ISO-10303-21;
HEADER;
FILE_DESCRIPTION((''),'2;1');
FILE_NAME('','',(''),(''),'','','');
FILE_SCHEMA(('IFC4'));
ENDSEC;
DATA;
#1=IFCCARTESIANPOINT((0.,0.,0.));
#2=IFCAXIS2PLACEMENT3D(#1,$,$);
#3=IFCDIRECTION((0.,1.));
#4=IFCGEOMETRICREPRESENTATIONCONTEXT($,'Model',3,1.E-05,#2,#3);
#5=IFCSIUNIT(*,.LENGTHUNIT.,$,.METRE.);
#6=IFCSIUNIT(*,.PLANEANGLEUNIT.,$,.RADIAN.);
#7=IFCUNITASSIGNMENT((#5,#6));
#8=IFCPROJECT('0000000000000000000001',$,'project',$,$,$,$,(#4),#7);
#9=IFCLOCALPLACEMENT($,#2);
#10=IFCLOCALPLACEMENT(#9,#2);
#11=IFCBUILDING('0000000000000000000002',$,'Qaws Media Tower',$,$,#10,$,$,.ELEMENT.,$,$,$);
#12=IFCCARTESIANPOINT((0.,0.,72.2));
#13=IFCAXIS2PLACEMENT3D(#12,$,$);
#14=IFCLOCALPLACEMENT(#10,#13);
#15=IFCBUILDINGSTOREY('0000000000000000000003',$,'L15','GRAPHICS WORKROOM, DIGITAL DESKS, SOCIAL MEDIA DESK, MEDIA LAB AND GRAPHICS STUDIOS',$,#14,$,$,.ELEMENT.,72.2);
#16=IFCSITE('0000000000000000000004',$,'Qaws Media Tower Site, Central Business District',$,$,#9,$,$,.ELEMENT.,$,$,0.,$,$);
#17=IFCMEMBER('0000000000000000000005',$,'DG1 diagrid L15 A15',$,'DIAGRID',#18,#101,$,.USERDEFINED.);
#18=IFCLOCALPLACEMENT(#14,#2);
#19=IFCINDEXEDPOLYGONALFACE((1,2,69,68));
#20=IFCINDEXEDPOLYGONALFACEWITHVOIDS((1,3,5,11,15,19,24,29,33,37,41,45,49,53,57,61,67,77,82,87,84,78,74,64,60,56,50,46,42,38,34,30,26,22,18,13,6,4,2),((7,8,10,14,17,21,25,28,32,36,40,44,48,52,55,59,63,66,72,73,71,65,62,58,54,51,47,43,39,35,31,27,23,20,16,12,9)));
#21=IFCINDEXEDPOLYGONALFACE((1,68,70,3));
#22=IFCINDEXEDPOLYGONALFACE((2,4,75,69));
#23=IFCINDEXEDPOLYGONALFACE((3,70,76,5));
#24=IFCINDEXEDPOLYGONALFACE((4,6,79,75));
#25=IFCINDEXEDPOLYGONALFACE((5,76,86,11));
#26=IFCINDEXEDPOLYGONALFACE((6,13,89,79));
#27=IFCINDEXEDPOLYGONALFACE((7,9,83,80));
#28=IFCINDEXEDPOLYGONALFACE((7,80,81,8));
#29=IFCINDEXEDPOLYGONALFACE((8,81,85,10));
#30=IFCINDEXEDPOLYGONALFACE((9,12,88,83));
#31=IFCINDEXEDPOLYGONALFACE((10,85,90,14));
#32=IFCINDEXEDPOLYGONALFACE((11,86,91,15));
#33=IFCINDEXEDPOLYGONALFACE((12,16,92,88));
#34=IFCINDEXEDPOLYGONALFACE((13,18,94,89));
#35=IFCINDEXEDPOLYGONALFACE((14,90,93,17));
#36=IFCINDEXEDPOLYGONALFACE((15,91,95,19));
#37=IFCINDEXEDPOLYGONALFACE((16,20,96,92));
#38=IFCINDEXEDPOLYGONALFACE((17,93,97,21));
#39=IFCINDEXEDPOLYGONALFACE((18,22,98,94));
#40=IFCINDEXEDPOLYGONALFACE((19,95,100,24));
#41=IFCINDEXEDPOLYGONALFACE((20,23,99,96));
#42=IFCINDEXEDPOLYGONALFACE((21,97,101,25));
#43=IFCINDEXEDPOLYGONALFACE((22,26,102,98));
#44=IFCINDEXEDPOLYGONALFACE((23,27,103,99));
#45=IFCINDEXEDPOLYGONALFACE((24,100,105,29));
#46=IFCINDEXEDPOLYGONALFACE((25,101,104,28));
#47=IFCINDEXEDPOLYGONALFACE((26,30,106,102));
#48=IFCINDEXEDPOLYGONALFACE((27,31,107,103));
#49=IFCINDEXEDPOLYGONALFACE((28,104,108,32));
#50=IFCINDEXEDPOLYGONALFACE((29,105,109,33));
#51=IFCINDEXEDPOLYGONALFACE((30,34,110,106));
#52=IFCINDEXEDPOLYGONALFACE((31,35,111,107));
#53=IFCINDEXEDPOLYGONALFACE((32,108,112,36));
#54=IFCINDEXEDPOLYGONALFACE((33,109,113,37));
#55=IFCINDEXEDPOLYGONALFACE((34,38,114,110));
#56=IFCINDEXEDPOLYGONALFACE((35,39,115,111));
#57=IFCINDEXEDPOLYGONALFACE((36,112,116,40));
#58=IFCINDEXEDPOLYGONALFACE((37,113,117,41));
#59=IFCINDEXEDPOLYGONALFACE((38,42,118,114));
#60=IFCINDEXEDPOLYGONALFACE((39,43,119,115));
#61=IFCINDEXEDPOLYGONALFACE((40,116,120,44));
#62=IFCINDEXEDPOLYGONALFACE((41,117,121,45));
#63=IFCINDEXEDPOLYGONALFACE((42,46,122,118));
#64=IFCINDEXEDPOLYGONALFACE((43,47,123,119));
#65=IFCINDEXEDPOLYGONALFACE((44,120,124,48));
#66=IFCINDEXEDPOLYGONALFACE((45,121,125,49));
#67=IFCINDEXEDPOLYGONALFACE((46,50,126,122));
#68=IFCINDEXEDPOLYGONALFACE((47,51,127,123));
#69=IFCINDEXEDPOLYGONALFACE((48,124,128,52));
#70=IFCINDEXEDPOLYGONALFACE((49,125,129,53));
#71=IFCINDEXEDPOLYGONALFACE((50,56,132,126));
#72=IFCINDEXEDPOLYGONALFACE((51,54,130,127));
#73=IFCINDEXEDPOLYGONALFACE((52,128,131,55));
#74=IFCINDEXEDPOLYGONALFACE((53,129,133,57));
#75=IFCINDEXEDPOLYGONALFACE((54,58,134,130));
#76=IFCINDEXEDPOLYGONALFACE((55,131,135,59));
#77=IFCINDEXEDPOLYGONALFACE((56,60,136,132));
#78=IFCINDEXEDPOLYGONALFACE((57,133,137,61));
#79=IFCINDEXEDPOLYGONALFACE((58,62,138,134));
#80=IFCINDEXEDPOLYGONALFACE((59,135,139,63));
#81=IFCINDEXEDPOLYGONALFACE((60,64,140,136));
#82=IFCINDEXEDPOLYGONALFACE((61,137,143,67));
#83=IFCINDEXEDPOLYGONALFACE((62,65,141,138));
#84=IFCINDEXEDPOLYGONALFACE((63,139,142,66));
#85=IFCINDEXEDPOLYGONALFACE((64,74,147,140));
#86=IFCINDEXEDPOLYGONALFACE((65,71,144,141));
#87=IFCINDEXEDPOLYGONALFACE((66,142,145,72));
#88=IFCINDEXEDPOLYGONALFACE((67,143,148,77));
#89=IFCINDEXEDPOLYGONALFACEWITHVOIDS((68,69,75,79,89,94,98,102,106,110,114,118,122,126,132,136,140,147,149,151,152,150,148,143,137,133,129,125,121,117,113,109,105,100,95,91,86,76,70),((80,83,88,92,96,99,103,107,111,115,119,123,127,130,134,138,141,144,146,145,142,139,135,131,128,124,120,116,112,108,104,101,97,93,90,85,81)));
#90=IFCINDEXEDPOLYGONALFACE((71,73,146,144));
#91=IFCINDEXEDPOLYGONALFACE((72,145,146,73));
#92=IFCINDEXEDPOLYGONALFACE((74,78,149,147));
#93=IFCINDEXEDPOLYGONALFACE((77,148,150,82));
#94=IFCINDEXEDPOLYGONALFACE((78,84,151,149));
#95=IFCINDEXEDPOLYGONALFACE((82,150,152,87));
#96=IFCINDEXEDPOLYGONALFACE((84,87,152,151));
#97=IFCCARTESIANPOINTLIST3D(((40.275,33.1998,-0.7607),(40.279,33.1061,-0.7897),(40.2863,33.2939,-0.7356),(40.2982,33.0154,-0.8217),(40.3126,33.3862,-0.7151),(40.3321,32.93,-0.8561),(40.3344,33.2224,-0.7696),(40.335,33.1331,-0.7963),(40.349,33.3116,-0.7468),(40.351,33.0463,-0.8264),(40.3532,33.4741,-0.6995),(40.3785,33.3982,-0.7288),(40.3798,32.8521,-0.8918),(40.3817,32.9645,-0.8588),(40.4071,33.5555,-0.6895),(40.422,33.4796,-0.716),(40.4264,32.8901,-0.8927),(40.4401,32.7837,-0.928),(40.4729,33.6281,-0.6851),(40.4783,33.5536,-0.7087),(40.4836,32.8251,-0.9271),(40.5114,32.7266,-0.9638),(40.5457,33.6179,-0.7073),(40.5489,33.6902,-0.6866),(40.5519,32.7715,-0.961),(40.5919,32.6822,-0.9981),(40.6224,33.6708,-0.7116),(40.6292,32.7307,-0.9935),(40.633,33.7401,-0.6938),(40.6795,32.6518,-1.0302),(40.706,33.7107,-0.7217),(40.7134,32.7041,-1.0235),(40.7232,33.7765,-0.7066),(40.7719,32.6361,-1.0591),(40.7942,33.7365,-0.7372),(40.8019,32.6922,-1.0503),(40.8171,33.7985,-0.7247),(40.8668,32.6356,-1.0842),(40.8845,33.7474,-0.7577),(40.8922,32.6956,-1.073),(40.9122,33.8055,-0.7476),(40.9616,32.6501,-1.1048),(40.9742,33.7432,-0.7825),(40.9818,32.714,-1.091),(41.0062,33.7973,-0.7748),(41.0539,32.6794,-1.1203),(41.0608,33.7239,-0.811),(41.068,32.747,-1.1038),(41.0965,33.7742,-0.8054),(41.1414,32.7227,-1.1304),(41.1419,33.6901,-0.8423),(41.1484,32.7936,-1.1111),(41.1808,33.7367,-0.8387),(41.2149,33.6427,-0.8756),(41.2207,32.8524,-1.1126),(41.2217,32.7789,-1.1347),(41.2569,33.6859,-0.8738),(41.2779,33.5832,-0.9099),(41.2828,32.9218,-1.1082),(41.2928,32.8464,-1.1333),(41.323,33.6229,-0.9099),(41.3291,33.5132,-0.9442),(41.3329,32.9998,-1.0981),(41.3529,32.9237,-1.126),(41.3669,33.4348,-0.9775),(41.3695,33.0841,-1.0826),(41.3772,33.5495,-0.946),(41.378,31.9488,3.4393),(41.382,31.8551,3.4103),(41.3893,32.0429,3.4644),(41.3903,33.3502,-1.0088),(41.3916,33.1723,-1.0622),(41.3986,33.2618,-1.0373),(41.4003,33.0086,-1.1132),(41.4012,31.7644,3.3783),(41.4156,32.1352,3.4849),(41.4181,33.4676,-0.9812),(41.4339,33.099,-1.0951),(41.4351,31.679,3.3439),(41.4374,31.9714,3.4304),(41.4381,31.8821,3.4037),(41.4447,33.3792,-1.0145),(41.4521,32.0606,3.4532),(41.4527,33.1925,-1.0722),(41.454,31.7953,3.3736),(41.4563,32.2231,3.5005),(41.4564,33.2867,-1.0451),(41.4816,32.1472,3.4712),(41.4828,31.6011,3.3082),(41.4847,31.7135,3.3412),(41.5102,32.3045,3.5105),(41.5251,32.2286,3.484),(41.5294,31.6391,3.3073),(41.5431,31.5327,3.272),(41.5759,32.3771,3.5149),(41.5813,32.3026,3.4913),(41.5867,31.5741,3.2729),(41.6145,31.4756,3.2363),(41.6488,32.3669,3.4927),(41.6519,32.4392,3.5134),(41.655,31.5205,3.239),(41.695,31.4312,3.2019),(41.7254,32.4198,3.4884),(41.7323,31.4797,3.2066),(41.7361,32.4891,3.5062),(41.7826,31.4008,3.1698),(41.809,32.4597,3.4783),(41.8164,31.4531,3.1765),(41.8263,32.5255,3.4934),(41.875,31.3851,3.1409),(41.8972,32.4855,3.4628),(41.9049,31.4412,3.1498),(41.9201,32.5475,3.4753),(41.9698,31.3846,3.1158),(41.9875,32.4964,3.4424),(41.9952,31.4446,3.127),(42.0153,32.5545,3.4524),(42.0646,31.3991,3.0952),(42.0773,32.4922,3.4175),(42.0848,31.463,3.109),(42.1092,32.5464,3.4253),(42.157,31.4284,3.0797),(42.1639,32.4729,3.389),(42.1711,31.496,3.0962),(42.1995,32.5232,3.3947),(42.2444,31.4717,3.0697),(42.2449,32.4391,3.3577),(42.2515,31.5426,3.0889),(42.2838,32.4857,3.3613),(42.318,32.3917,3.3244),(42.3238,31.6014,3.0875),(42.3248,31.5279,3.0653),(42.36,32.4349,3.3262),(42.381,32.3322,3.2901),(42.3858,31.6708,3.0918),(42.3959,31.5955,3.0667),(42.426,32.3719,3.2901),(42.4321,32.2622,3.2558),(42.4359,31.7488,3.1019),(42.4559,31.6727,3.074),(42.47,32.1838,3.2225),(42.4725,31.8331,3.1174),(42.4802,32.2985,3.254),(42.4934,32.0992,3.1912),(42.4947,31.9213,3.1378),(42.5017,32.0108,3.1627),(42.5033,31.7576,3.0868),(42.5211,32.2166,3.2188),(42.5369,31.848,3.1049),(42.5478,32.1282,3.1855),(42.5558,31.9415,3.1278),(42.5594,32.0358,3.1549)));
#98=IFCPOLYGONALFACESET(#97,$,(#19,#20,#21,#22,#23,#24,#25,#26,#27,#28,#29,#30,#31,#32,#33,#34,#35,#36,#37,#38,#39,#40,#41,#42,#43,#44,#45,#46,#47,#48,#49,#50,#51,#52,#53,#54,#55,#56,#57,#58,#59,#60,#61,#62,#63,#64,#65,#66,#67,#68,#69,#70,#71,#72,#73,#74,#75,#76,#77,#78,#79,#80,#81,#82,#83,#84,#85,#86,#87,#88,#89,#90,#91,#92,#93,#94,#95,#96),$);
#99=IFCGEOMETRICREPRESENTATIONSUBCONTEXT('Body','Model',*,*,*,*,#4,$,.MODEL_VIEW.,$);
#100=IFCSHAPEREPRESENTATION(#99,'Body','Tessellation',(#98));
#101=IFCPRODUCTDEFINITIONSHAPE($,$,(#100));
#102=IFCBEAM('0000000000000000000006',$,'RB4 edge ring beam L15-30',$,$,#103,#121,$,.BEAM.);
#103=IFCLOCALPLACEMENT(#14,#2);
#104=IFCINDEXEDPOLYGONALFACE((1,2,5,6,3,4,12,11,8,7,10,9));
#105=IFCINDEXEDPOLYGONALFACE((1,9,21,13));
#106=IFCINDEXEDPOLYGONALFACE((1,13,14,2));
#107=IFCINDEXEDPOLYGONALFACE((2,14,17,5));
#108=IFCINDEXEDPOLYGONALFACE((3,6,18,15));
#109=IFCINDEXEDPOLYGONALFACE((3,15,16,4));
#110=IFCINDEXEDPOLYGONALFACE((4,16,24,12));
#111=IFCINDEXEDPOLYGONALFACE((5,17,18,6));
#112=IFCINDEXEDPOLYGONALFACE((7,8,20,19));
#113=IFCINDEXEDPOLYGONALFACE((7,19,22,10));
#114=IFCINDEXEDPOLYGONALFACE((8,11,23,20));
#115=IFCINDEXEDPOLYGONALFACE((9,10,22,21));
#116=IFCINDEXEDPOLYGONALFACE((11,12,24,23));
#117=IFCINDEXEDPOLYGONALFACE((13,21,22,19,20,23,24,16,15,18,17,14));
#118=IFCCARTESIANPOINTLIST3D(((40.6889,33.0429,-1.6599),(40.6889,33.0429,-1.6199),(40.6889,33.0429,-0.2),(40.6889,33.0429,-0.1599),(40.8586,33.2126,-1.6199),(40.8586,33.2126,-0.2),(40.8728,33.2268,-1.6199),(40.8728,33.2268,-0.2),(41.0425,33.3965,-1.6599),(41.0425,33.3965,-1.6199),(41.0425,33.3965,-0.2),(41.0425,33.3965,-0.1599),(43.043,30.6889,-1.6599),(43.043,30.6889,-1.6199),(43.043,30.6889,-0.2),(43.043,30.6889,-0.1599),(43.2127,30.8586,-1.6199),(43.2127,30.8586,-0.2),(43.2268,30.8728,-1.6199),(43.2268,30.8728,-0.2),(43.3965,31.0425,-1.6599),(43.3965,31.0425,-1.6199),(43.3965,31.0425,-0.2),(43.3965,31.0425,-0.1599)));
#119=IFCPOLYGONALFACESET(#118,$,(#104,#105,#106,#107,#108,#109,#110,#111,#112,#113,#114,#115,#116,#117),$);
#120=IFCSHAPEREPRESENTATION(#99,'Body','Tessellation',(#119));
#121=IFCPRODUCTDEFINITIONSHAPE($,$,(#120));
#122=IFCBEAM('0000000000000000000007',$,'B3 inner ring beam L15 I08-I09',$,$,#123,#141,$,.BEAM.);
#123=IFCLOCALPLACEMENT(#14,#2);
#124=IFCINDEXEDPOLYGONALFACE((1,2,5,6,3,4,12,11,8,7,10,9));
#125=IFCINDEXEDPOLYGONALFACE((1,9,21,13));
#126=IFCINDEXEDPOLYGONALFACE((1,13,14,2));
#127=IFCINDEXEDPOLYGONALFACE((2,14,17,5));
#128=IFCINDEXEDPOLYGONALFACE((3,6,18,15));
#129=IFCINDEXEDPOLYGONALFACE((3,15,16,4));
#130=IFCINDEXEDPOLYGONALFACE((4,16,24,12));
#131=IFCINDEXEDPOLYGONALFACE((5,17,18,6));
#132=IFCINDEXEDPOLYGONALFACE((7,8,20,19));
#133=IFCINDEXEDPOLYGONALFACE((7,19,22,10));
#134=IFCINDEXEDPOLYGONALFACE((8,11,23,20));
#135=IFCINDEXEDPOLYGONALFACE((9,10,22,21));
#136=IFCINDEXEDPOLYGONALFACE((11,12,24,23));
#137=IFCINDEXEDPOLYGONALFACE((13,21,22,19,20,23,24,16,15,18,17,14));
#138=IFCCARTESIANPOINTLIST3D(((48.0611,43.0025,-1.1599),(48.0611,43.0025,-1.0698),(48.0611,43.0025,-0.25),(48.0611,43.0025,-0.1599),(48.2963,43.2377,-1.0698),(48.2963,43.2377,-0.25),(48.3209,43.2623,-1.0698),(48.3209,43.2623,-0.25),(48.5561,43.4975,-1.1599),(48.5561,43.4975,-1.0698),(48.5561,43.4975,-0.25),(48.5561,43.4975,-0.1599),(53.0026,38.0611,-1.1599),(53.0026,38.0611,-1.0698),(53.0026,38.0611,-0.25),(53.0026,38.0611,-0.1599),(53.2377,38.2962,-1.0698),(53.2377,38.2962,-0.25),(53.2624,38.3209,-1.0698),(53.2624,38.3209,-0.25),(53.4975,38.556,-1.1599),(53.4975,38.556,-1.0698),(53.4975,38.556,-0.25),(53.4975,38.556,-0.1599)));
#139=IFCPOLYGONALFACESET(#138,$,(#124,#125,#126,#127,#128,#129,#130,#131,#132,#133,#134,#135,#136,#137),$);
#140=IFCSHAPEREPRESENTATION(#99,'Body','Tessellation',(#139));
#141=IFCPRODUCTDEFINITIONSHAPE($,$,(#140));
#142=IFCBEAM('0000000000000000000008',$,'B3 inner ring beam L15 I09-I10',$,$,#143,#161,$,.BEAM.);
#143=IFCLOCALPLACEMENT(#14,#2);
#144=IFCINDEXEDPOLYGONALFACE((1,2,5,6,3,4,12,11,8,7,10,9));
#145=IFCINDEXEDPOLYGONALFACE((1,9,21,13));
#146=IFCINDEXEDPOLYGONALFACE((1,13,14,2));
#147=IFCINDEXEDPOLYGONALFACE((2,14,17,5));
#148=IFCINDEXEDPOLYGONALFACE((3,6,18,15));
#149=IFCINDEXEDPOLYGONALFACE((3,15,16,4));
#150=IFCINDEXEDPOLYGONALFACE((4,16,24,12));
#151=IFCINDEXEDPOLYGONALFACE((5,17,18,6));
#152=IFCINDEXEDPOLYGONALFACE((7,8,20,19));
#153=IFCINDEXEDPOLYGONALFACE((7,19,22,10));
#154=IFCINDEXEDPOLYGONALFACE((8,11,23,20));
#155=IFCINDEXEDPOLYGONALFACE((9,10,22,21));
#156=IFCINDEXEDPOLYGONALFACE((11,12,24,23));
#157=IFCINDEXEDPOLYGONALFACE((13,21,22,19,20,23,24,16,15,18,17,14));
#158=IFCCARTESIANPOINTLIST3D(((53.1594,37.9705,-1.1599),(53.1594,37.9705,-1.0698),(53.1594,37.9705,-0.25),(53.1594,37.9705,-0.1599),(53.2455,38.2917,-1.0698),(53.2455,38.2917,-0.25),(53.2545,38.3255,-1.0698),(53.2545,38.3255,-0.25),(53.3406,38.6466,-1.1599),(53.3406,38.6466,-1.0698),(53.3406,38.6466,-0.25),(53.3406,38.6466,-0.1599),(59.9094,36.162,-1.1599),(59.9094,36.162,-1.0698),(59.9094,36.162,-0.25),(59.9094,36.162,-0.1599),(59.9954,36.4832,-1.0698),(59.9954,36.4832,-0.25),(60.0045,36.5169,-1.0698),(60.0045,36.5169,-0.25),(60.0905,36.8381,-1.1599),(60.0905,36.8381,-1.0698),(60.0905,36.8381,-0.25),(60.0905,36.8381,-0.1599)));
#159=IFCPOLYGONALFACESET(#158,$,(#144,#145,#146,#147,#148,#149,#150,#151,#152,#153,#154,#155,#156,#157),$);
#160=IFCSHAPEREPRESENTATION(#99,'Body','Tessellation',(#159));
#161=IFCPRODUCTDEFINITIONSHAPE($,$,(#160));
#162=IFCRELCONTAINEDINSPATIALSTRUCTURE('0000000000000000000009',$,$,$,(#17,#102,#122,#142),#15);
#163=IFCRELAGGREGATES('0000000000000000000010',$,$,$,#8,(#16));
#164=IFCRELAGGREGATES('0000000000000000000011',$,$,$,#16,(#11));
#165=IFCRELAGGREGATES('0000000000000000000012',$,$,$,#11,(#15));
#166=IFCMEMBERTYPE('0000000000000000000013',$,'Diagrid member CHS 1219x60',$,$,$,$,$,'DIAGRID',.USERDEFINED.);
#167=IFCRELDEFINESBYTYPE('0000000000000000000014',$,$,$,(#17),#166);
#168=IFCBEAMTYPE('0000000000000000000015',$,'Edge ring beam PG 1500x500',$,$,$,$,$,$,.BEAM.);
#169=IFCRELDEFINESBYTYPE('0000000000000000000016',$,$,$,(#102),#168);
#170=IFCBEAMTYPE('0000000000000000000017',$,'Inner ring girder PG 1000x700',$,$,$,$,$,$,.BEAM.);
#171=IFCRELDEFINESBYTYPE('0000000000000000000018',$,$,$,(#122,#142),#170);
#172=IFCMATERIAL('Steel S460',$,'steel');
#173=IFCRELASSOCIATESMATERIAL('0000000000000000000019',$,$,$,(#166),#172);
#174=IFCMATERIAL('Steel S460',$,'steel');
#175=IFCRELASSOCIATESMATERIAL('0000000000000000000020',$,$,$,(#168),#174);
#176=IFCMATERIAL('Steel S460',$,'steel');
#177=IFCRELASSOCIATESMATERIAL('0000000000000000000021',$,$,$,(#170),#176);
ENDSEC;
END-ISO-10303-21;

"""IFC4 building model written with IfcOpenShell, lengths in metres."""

from ifc_helpers import new_model, si_unit, direction, frame, origin, origin_2d, place, context, subcontext, project, spatial, hollow_circle, i_section, extrude, material, material_profile, profile_set, type_object, element, save


model = new_model("IFC4")

# Units and contexts
model_context = context("Model", 3, precision=1e-05, world=origin(), true_north=direction((0.0, 1.0)))
body_context = subcontext(model_context, "Body", "Model", "MODEL_VIEW")
ifc_project = project(units=[si_unit("LENGTHUNIT", "METRE"), si_unit("PLANEANGLEUNIT", "RADIAN")], contexts=[model_context])

# Site, building, storey
site_placement = place(None, origin())
site = spatial("IfcSite", under=ifc_project, at=site_placement, Name="Qaws Media Tower Site, Central Business District", CompositionType="ELEMENT", RefElevation=0.0)
building_placement = place(site_placement, origin())
building = spatial("IfcBuilding", under=site, at=building_placement, Name="Qaws Media Tower", CompositionType="ELEMENT")
storey_placement = place(building_placement, frame((0.0, 0.0, 72.2)))
storey = spatial("IfcBuildingStorey", under=building, at=storey_placement, Name="L15", Description="GRAPHICS WORKROOM, DIGITAL DESKS, SOCIAL MEDIA DESK, MEDIA LAB AND GRAPHICS STUDIOS", CompositionType="ELEMENT", Elevation=72.2)

# Member
ifc_material_1 = material(Name="Steel S460", Category="steel")
ifc_material_profile_1 = material_profile(ifc_material_1, hollow_circle(Radius=0.6096, WallThickness=0.0601, at=origin_2d()), Name="CHS 1219x60")
ifc_profile_set_1 = profile_set([ifc_material_profile_1], Name="Steel S460")
member_type_1 = type_object("IfcMemberType", Name="Diagrid member CHS 1219x60", ElementType="DIAGRID", PredefinedType="USERDEFINED", material=ifc_profile_set_1)
member_1_placement = place(storey_placement, frame((40.8657, 33.2197, -0.9099), z_axis=(0.244088, -0.276827, 0.929402), x_axis=(0.750068, 0.66136, 0.0)))
element("IfcMember", 1, at=member_1_placement, inside=storey, type_object=member_type_1, Name="DG1 diagrid L15 A15", ObjectType="DIAGRID", PredefinedType="USERDEFINED", context=body_context, shape_type="SweptSolid", body=[
    extrude(hollow_circle(Radius=0.6096, WallThickness=0.0601, at=origin_2d()), origin(), (0.0, 0.0, 1.0), 4.519),
])

# Beams
ifc_material_2 = material(Name="Steel S460", Category="steel")
ifc_material_profile_2 = material_profile(ifc_material_2, i_section(OverallWidth=0.5, OverallDepth=1.5, WebThickness=0.02, FlangeThickness=0.04, at=origin_2d()), Name="PG 1500x500")
ifc_profile_set_2 = profile_set([ifc_material_profile_2], Name="Steel S460")
beam_type_1 = type_object("IfcBeamType", Name="Edge ring beam PG 1500x500", PredefinedType="BEAM", material=ifc_profile_set_2)
beam_1_placement = place(storey_placement, frame((40.8657, 33.2197, -0.9099), z_axis=(0.707107, -0.707107, 0.0), x_axis=(0.707107, 0.707107, 0.0)))
element("IfcBeam", 2, at=beam_1_placement, inside=storey, type_object=beam_type_1, Name="RB4 edge ring beam L15-30", PredefinedType="BEAM", context=body_context, shape_type="SweptSolid", body=[
    extrude(i_section(OverallWidth=0.5, OverallDepth=1.5, WebThickness=0.02, FlangeThickness=0.04, at=origin_2d()), origin(), (0.0, 0.0, 1.0), 3.3291),
])
ifc_material_3 = material(Name="Steel S460", Category="steel")
ifc_material_profile_3 = material_profile(ifc_material_3, i_section(OverallWidth=0.7, OverallDepth=1.0, WebThickness=0.0349, FlangeThickness=0.0901, at=origin_2d()), Name="PG 1000x700")
ifc_profile_set_3 = profile_set([ifc_material_profile_3], Name="Steel S460")
beam_type_2 = type_object("IfcBeamType", Name="Inner ring girder PG 1000x700", PredefinedType="BEAM", material=ifc_profile_set_3)
beam_2_placement = place(storey_placement, frame((48.3086, 43.25, -0.6599), z_axis=(0.707107, -0.707107, 0.0), x_axis=(0.707107, 0.707107, 0.0)))
element("IfcBeam", 3, at=beam_2_placement, inside=storey, type_object=beam_type_2, Name="B3 inner ring beam L15 I08-I09", PredefinedType="BEAM", context=body_context, shape_type="SweptSolid", body=[
    extrude(i_section(OverallWidth=0.7, OverallDepth=1.0, WebThickness=0.0349, FlangeThickness=0.0901, at=origin_2d()), origin(), (0.0, 0.0, 1.0), 6.9883),
])
beam_3_placement = place(storey_placement, frame((53.25, 38.3086, -0.6599), z_axis=(0.965928, -0.258811, 0.0), x_axis=(0.258811, 0.965928, 0.0)))
element("IfcBeam", 4, at=beam_3_placement, inside=storey, type_object=beam_type_2, Name="B3 inner ring beam L15 I09-I10", PredefinedType="BEAM", context=body_context, shape_type="SweptSolid", body=[
    extrude(i_section(OverallWidth=0.7, OverallDepth=1.0, WebThickness=0.0349, FlangeThickness=0.0901, at=origin_2d()), origin(), (0.0, 0.0, 1.0), 6.988),
])

save(model, "model.ifc")
